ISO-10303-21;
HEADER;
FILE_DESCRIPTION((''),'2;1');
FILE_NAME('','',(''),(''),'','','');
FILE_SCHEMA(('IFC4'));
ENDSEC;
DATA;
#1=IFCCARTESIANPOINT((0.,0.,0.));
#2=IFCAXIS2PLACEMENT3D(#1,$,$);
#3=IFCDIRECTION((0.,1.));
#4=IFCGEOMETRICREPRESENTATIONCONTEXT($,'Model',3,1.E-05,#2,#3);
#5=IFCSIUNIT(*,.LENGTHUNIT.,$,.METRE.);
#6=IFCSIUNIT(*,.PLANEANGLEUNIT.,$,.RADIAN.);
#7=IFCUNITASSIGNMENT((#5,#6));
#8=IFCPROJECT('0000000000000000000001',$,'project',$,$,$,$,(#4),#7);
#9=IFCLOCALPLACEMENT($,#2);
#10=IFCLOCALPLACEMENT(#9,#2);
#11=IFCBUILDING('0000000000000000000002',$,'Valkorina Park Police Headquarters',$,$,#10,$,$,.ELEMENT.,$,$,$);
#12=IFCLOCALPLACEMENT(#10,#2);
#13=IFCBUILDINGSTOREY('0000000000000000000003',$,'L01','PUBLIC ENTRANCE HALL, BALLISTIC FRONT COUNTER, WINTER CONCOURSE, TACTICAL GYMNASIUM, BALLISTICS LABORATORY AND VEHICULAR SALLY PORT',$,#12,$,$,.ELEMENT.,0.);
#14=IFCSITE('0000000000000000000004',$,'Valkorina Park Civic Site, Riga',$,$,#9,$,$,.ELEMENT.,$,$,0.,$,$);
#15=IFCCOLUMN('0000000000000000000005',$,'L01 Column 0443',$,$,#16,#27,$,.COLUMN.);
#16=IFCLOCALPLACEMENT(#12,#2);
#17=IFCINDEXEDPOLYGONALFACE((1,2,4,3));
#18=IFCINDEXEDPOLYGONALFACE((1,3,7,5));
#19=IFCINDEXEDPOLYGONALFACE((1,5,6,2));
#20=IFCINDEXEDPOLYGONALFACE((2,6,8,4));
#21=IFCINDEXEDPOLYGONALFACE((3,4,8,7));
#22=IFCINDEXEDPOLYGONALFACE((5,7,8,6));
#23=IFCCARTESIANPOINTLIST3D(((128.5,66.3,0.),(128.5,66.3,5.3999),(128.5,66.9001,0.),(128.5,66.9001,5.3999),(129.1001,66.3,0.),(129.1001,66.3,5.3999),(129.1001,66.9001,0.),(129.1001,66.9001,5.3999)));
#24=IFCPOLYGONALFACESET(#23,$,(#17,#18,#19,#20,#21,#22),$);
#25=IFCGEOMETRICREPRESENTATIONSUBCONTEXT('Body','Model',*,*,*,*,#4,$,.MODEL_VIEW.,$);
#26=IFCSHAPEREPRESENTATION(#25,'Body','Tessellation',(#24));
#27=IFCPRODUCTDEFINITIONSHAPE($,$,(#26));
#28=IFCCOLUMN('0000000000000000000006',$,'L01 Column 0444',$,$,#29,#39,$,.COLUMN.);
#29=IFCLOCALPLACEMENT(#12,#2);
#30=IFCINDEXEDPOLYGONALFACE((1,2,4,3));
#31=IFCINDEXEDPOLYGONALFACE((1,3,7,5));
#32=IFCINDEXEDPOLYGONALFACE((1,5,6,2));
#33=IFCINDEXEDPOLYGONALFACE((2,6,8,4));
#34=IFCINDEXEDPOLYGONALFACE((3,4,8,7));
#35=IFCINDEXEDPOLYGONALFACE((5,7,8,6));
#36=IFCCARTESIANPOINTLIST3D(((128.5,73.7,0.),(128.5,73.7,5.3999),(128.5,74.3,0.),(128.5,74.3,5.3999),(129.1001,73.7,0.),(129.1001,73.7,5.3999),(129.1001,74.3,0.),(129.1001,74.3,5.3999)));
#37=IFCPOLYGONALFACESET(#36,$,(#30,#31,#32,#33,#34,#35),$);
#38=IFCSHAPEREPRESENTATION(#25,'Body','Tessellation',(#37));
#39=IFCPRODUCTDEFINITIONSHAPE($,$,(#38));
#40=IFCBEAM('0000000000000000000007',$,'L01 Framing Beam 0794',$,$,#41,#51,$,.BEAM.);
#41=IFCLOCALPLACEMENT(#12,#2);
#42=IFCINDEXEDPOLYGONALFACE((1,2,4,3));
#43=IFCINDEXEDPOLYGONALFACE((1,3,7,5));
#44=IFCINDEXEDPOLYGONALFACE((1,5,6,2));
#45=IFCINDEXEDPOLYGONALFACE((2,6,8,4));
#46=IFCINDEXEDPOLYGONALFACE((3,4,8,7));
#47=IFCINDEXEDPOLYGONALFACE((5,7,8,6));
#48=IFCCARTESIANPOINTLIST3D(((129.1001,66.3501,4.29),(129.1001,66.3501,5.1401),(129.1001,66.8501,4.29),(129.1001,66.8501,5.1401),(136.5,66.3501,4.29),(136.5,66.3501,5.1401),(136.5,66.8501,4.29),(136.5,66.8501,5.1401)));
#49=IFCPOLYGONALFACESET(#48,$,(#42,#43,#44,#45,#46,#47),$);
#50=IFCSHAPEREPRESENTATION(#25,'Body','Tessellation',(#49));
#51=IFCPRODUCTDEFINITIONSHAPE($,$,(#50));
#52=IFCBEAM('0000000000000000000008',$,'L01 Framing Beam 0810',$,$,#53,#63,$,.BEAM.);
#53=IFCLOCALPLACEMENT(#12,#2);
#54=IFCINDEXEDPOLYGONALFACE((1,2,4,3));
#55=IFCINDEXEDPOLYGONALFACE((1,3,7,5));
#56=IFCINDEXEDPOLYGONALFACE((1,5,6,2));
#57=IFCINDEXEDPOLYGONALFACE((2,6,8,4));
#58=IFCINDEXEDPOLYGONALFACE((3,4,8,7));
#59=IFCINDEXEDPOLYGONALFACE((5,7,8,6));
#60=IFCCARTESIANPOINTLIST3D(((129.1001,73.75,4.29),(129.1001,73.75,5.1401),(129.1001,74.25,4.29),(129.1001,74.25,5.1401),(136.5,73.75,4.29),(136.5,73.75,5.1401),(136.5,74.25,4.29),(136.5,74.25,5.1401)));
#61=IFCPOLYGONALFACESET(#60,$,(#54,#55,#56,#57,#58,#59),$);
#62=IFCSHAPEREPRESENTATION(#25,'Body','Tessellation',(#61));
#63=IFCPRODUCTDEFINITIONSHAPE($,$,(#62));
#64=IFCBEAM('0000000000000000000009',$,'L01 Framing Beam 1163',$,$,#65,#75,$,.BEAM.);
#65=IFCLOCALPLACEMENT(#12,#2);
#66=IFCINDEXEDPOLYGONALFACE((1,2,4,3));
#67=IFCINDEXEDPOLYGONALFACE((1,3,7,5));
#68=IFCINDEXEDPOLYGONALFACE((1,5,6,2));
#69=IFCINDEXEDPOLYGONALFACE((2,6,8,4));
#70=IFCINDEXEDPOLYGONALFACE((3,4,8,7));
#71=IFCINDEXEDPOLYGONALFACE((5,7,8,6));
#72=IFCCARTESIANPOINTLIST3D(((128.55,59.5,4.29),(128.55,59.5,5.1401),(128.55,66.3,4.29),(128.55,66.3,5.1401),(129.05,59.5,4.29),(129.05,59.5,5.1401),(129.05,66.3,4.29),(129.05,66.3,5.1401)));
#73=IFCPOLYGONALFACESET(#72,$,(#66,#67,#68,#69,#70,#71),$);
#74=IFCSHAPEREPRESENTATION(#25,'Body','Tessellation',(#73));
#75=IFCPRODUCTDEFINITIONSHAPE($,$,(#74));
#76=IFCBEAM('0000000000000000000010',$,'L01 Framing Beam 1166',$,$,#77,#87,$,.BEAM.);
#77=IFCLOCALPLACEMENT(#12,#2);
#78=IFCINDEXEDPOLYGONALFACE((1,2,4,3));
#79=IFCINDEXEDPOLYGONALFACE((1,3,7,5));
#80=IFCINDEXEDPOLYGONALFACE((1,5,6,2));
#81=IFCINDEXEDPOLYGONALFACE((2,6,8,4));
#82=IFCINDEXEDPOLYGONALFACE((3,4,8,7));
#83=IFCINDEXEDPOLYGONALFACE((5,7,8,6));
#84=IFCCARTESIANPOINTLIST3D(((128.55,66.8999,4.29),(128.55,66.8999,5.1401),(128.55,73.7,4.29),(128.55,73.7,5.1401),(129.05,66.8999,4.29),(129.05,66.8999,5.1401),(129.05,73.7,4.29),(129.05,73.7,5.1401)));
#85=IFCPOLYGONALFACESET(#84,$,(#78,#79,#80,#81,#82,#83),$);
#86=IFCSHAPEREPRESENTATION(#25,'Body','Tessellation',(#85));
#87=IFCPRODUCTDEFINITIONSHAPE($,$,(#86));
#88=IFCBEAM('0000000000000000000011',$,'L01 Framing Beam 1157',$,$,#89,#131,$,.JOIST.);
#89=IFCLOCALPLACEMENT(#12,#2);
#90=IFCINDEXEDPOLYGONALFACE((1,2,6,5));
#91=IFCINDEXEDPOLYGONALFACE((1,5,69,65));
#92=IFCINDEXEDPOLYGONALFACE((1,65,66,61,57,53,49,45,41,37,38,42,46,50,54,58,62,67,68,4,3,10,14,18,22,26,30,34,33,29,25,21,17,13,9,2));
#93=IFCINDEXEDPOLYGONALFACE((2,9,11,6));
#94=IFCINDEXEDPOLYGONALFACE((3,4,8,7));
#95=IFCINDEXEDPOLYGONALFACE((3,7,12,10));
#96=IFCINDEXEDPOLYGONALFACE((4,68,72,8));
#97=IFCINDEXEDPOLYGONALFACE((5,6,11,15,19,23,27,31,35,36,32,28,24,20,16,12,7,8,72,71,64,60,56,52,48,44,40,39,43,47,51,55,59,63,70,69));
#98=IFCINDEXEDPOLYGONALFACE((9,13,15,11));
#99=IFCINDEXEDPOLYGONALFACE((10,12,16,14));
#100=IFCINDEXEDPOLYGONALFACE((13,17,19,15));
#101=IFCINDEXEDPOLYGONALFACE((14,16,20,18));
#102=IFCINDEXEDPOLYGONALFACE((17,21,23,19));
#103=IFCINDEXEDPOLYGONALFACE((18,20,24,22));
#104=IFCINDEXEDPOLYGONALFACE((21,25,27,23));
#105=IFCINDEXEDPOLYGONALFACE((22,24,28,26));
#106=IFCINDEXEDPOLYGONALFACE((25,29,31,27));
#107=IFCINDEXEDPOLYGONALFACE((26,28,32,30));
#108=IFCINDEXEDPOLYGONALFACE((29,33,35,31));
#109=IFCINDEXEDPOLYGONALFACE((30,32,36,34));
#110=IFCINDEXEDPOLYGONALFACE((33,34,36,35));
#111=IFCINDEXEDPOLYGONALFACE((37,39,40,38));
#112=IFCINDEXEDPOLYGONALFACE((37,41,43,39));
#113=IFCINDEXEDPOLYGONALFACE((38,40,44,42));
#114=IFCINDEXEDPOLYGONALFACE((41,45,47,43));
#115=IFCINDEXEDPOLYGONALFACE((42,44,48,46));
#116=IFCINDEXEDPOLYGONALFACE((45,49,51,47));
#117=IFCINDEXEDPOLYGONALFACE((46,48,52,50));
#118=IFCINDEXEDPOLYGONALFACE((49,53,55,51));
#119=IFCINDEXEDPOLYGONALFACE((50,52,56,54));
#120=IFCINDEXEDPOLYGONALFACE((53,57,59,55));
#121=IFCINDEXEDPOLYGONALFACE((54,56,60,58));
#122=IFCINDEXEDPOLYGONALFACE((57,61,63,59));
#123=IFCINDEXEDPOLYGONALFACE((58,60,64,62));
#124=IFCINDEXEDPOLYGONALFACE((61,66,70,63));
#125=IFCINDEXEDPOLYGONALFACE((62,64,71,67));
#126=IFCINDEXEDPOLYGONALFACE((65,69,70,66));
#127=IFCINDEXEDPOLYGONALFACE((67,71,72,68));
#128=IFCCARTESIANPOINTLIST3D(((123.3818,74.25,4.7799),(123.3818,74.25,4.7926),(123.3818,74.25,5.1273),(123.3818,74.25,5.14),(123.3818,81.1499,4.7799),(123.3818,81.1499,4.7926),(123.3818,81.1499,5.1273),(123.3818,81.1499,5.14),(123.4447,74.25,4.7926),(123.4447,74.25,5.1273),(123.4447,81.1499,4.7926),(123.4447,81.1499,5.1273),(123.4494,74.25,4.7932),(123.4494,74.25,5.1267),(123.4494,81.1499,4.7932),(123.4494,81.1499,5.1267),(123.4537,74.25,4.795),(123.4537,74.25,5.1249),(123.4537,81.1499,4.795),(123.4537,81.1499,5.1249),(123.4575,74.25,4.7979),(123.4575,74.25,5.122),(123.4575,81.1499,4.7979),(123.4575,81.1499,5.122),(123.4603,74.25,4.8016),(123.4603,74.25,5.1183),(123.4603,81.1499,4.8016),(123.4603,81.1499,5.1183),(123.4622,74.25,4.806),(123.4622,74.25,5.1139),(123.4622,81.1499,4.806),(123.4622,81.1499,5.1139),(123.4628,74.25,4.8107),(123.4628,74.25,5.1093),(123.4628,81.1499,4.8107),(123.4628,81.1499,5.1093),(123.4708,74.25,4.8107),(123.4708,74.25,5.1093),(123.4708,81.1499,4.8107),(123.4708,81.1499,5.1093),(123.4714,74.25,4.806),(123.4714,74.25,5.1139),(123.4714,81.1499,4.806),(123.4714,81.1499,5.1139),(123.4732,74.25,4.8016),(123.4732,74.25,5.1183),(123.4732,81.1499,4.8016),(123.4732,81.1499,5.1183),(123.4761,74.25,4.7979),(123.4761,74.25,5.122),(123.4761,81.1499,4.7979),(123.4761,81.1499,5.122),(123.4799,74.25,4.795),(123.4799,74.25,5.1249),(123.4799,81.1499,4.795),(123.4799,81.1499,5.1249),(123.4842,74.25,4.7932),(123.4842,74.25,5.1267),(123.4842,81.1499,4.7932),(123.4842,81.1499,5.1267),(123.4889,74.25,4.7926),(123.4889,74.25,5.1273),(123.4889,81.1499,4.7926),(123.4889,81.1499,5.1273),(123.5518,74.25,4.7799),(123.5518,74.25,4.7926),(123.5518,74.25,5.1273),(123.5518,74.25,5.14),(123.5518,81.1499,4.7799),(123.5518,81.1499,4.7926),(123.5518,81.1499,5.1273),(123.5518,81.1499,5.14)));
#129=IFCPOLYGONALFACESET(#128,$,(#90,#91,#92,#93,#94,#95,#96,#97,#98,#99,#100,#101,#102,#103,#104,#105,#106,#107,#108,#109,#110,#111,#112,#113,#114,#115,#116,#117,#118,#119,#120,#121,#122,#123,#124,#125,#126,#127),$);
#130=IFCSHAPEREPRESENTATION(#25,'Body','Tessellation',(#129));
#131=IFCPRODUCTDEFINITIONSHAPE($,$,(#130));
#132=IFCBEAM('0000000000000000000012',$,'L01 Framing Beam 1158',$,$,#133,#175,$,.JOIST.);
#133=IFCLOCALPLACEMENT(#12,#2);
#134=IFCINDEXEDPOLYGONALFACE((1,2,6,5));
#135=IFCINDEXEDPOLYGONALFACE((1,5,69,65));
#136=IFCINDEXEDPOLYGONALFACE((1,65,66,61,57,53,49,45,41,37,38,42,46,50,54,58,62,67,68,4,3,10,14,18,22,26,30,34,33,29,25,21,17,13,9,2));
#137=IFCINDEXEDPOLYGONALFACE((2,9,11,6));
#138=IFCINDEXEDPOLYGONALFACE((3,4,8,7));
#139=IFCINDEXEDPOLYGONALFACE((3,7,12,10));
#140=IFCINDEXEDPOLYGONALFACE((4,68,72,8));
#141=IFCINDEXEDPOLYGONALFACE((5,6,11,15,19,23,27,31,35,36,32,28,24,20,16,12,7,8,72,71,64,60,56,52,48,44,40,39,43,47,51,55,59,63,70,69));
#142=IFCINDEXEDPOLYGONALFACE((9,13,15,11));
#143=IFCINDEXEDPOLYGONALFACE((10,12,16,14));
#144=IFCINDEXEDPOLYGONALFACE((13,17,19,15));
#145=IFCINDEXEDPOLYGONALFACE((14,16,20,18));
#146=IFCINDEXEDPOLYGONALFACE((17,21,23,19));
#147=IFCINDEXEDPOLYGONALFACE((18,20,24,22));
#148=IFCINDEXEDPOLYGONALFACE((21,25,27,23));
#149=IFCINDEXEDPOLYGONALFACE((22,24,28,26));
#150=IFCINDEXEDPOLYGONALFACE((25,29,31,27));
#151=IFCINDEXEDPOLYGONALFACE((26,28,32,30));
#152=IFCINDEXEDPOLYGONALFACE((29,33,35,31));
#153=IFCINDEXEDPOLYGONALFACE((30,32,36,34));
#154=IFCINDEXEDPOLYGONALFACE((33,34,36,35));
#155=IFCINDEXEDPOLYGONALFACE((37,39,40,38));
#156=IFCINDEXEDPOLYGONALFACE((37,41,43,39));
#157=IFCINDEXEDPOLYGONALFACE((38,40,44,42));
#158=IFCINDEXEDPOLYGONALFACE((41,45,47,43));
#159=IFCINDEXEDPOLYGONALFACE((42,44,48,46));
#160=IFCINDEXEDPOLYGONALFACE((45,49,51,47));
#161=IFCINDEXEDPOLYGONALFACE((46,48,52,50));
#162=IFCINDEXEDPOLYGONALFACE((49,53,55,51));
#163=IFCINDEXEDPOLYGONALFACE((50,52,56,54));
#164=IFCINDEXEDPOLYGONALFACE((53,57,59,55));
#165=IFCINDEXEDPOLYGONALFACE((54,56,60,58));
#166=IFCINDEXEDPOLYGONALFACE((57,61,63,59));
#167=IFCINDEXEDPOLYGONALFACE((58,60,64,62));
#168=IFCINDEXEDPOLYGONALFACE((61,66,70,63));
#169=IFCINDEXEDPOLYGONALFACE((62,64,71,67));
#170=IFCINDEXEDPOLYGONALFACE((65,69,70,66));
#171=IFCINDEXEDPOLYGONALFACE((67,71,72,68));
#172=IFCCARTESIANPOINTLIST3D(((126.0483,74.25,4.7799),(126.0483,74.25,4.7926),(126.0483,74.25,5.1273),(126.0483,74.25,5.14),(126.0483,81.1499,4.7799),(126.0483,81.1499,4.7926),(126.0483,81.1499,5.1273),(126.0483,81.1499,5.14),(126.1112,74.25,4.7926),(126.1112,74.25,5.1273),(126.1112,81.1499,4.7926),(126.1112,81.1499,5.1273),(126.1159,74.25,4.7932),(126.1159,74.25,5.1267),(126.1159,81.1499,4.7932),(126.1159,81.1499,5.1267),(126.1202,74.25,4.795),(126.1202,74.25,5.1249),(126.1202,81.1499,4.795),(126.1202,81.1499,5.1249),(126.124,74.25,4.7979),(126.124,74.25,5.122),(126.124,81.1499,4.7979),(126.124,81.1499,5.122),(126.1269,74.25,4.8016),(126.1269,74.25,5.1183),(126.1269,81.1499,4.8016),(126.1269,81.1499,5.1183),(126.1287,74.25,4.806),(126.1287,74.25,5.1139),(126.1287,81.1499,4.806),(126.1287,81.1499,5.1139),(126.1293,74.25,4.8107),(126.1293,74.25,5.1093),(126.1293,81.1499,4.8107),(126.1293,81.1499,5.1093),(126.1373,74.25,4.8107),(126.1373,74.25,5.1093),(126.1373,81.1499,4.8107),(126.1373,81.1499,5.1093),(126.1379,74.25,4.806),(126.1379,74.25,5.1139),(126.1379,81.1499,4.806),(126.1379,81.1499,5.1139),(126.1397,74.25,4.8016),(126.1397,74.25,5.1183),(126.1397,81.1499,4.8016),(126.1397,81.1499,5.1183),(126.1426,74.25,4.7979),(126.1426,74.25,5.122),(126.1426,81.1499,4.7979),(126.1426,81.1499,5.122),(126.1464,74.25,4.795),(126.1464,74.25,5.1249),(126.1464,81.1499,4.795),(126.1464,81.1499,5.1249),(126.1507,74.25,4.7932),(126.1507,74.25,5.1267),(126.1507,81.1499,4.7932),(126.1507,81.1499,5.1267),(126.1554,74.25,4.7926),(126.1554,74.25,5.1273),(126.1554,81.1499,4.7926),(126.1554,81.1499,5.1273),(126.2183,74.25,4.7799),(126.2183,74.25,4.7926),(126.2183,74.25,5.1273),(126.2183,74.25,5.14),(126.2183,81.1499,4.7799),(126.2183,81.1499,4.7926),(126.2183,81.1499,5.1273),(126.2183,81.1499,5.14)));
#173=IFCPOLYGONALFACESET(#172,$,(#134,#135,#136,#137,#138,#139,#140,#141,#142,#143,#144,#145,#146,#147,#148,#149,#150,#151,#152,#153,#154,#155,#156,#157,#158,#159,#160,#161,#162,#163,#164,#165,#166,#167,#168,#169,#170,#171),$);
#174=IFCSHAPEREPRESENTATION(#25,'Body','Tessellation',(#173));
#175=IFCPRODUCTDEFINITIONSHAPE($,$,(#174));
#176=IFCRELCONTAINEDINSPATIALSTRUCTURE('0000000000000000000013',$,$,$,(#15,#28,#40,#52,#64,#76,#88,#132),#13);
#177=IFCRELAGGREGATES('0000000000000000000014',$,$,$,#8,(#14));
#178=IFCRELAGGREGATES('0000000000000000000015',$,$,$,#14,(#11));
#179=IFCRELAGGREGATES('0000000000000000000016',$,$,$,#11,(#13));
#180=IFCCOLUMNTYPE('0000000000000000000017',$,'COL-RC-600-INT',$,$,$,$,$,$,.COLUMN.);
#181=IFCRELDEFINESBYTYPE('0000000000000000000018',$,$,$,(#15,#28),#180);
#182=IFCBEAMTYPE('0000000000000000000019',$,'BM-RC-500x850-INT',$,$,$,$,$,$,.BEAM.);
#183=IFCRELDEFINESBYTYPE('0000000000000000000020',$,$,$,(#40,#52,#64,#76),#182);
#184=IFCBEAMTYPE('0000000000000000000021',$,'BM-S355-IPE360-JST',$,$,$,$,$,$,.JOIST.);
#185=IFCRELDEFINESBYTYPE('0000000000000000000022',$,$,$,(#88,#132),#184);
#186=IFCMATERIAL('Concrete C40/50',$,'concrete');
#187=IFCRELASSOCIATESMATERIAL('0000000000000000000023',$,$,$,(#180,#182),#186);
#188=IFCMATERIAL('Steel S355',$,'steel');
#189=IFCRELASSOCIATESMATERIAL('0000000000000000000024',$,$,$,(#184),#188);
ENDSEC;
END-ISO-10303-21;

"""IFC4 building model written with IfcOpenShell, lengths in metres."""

from ifc_helpers import new_model, si_unit, direction, frame, origin, origin_2d, place, context, subcontext, project, spatial, rectangle, i_section, extrude, material, material_profile, profile_set, type_object, element, save


model = new_model("IFC4")

# Units and contexts
model_context = context("Model", 3, precision=1e-05, world=origin(), true_north=direction((0.0, 1.0)))
body_context = subcontext(model_context, "Body", "Model", "MODEL_VIEW")
ifc_project = project(units=[si_unit("LENGTHUNIT", "METRE"), si_unit("PLANEANGLEUNIT", "RADIAN")], contexts=[model_context])

# Site, building, storey
site_placement = place(None, origin())
site = spatial("IfcSite", under=ifc_project, at=site_placement, Name="Valkorina Park Civic Site, Riga", CompositionType="ELEMENT", RefElevation=0.0)
building_placement = place(site_placement, origin())
building = spatial("IfcBuilding", under=site, at=building_placement, Name="Valkorina Park Police Headquarters", CompositionType="ELEMENT")
storey_placement = place(building_placement, origin())
storey = spatial("IfcBuildingStorey", under=building, at=storey_placement, Name="L01", Description="PUBLIC ENTRANCE HALL, BALLISTIC FRONT COUNTER, WINTER CONCOURSE, TACTICAL GYMNASIUM, BALLISTICS LABORATORY AND VEHICULAR SALLY PORT", CompositionType="ELEMENT", Elevation=0.0)

# Columns
ifc_material_1 = material(Name="Concrete C40/50", Category="concrete")
ifc_material_profile_1 = material_profile(ifc_material_1, rectangle(XDim=0.6001, YDim=0.6001, at=origin_2d()), Name="RC COL 600x600")
ifc_profile_set_1 = profile_set([ifc_material_profile_1], Name="Concrete C40/50")
column_type = type_object("IfcColumnType", Name="COL-RC-600-INT", PredefinedType="COLUMN", material=ifc_profile_set_1)
for number, where, z_axis, x_axis, name in (
    (1, (128.8, 66.6001, 0.0), (0.0, 0.0, 1.0), (1.0, 0.0, 0.0), "L01 Column 0443"),
    (2, (128.8, 74.0, 0.0), (0.0, 0.0, 1.0), (1.0, 0.0, 0.0), "L01 Column 0444"),
):
    element("IfcColumn", number, at=place(storey_placement, frame(where, z_axis=z_axis, x_axis=x_axis)), inside=storey, type_object=column_type, Name=name, PredefinedType="COLUMN", context=body_context, shape_type="SweptSolid", body=[
        extrude(rectangle(XDim=0.6001, YDim=0.6001, at=origin_2d()), origin(), (0.0, 0.0, 1.0), 5.3999),
    ])

# Beams
ifc_material_profile_2 = material_profile(ifc_material_1, rectangle(XDim=0.5, YDim=0.8501, at=origin_2d()), Name="RC BEAM 500x850")
ifc_profile_set_2 = profile_set([ifc_material_profile_2], Name="Concrete C40/50")
beam_type_1 = type_object("IfcBeamType", Name="BM-RC-500x850-INT", PredefinedType="BEAM", material=ifc_profile_set_2)
for number, where, z_axis, x_axis, name in (
    (3, (129.1001, 66.6001, 4.7151), (1.0, 0.0, 0.0), (0.0, 1.0, 0.0), "L01 Framing Beam 0794"),
    (4, (129.1001, 74.0, 4.7151), (1.0, 0.0, 0.0), (0.0, 1.0, 0.0), "L01 Framing Beam 0810"),
):
    element("IfcBeam", number, at=place(storey_placement, frame(where, z_axis=z_axis, x_axis=x_axis)), inside=storey, type_object=beam_type_1, Name=name, PredefinedType="BEAM", context=body_context, shape_type="SweptSolid", body=[
        extrude(rectangle(XDim=0.5, YDim=0.8501, at=origin_2d()), origin(), (0.0, 0.0, 1.0), 7.3999),
    ])
for number, where, z_axis, x_axis, name in (
    (5, (128.8, 59.5, 4.7151), (0.0, 1.0, 0.0), (-1.0, 0.0, 0.0), "L01 Framing Beam 1163"),
    (6, (128.8, 66.8999, 4.7151), (0.0, 1.0, 0.0), (-1.0, 0.0, 0.0), "L01 Framing Beam 1166"),
):
    element("IfcBeam", number, at=place(storey_placement, frame(where, z_axis=z_axis, x_axis=x_axis)), inside=storey, type_object=beam_type_1, Name=name, PredefinedType="BEAM", context=body_context, shape_type="SweptSolid", body=[
        extrude(rectangle(XDim=0.5, YDim=0.8501, at=origin_2d()), origin(), (0.0, 0.0, 1.0), 6.8),
    ])
ifc_material_2 = material(Name="Steel S355", Category="steel")
ifc_material_profile_3 = material_profile(ifc_material_2, i_section(OverallWidth=0.1699, OverallDepth=0.3601, WebThickness=0.0081, FlangeThickness=0.0127, FilletRadius=0.0181, at=origin_2d()), Name="IPE 360")
ifc_profile_set_3 = profile_set([ifc_material_profile_3], Name="Steel S355")
beam_type_2 = type_object("IfcBeamType", Name="BM-S355-IPE360-JST", PredefinedType="JOIST", material=ifc_profile_set_3)
for number, where, z_axis, x_axis, name in (
    (7, (123.4668, 74.25, 4.96), (0.0, 1.0, 0.0), (-1.0, 0.0, 0.0), "L01 Framing Beam 1157"),
    (8, (126.1333, 74.25, 4.96), (0.0, 1.0, 0.0), (-1.0, 0.0, 0.0), "L01 Framing Beam 1158"),
):
    element("IfcBeam", number, at=place(storey_placement, frame(where, z_axis=z_axis, x_axis=x_axis)), inside=storey, type_object=beam_type_2, Name=name, PredefinedType="JOIST", context=body_context, shape_type="SweptSolid", body=[
        extrude(i_section(OverallWidth=0.1699, OverallDepth=0.3601, WebThickness=0.0081, FlangeThickness=0.0127, FilletRadius=0.0181, at=origin_2d()), origin(), (0.0, 0.0, 1.0), 6.8999),
    ])

save(model, "model.ifc")
